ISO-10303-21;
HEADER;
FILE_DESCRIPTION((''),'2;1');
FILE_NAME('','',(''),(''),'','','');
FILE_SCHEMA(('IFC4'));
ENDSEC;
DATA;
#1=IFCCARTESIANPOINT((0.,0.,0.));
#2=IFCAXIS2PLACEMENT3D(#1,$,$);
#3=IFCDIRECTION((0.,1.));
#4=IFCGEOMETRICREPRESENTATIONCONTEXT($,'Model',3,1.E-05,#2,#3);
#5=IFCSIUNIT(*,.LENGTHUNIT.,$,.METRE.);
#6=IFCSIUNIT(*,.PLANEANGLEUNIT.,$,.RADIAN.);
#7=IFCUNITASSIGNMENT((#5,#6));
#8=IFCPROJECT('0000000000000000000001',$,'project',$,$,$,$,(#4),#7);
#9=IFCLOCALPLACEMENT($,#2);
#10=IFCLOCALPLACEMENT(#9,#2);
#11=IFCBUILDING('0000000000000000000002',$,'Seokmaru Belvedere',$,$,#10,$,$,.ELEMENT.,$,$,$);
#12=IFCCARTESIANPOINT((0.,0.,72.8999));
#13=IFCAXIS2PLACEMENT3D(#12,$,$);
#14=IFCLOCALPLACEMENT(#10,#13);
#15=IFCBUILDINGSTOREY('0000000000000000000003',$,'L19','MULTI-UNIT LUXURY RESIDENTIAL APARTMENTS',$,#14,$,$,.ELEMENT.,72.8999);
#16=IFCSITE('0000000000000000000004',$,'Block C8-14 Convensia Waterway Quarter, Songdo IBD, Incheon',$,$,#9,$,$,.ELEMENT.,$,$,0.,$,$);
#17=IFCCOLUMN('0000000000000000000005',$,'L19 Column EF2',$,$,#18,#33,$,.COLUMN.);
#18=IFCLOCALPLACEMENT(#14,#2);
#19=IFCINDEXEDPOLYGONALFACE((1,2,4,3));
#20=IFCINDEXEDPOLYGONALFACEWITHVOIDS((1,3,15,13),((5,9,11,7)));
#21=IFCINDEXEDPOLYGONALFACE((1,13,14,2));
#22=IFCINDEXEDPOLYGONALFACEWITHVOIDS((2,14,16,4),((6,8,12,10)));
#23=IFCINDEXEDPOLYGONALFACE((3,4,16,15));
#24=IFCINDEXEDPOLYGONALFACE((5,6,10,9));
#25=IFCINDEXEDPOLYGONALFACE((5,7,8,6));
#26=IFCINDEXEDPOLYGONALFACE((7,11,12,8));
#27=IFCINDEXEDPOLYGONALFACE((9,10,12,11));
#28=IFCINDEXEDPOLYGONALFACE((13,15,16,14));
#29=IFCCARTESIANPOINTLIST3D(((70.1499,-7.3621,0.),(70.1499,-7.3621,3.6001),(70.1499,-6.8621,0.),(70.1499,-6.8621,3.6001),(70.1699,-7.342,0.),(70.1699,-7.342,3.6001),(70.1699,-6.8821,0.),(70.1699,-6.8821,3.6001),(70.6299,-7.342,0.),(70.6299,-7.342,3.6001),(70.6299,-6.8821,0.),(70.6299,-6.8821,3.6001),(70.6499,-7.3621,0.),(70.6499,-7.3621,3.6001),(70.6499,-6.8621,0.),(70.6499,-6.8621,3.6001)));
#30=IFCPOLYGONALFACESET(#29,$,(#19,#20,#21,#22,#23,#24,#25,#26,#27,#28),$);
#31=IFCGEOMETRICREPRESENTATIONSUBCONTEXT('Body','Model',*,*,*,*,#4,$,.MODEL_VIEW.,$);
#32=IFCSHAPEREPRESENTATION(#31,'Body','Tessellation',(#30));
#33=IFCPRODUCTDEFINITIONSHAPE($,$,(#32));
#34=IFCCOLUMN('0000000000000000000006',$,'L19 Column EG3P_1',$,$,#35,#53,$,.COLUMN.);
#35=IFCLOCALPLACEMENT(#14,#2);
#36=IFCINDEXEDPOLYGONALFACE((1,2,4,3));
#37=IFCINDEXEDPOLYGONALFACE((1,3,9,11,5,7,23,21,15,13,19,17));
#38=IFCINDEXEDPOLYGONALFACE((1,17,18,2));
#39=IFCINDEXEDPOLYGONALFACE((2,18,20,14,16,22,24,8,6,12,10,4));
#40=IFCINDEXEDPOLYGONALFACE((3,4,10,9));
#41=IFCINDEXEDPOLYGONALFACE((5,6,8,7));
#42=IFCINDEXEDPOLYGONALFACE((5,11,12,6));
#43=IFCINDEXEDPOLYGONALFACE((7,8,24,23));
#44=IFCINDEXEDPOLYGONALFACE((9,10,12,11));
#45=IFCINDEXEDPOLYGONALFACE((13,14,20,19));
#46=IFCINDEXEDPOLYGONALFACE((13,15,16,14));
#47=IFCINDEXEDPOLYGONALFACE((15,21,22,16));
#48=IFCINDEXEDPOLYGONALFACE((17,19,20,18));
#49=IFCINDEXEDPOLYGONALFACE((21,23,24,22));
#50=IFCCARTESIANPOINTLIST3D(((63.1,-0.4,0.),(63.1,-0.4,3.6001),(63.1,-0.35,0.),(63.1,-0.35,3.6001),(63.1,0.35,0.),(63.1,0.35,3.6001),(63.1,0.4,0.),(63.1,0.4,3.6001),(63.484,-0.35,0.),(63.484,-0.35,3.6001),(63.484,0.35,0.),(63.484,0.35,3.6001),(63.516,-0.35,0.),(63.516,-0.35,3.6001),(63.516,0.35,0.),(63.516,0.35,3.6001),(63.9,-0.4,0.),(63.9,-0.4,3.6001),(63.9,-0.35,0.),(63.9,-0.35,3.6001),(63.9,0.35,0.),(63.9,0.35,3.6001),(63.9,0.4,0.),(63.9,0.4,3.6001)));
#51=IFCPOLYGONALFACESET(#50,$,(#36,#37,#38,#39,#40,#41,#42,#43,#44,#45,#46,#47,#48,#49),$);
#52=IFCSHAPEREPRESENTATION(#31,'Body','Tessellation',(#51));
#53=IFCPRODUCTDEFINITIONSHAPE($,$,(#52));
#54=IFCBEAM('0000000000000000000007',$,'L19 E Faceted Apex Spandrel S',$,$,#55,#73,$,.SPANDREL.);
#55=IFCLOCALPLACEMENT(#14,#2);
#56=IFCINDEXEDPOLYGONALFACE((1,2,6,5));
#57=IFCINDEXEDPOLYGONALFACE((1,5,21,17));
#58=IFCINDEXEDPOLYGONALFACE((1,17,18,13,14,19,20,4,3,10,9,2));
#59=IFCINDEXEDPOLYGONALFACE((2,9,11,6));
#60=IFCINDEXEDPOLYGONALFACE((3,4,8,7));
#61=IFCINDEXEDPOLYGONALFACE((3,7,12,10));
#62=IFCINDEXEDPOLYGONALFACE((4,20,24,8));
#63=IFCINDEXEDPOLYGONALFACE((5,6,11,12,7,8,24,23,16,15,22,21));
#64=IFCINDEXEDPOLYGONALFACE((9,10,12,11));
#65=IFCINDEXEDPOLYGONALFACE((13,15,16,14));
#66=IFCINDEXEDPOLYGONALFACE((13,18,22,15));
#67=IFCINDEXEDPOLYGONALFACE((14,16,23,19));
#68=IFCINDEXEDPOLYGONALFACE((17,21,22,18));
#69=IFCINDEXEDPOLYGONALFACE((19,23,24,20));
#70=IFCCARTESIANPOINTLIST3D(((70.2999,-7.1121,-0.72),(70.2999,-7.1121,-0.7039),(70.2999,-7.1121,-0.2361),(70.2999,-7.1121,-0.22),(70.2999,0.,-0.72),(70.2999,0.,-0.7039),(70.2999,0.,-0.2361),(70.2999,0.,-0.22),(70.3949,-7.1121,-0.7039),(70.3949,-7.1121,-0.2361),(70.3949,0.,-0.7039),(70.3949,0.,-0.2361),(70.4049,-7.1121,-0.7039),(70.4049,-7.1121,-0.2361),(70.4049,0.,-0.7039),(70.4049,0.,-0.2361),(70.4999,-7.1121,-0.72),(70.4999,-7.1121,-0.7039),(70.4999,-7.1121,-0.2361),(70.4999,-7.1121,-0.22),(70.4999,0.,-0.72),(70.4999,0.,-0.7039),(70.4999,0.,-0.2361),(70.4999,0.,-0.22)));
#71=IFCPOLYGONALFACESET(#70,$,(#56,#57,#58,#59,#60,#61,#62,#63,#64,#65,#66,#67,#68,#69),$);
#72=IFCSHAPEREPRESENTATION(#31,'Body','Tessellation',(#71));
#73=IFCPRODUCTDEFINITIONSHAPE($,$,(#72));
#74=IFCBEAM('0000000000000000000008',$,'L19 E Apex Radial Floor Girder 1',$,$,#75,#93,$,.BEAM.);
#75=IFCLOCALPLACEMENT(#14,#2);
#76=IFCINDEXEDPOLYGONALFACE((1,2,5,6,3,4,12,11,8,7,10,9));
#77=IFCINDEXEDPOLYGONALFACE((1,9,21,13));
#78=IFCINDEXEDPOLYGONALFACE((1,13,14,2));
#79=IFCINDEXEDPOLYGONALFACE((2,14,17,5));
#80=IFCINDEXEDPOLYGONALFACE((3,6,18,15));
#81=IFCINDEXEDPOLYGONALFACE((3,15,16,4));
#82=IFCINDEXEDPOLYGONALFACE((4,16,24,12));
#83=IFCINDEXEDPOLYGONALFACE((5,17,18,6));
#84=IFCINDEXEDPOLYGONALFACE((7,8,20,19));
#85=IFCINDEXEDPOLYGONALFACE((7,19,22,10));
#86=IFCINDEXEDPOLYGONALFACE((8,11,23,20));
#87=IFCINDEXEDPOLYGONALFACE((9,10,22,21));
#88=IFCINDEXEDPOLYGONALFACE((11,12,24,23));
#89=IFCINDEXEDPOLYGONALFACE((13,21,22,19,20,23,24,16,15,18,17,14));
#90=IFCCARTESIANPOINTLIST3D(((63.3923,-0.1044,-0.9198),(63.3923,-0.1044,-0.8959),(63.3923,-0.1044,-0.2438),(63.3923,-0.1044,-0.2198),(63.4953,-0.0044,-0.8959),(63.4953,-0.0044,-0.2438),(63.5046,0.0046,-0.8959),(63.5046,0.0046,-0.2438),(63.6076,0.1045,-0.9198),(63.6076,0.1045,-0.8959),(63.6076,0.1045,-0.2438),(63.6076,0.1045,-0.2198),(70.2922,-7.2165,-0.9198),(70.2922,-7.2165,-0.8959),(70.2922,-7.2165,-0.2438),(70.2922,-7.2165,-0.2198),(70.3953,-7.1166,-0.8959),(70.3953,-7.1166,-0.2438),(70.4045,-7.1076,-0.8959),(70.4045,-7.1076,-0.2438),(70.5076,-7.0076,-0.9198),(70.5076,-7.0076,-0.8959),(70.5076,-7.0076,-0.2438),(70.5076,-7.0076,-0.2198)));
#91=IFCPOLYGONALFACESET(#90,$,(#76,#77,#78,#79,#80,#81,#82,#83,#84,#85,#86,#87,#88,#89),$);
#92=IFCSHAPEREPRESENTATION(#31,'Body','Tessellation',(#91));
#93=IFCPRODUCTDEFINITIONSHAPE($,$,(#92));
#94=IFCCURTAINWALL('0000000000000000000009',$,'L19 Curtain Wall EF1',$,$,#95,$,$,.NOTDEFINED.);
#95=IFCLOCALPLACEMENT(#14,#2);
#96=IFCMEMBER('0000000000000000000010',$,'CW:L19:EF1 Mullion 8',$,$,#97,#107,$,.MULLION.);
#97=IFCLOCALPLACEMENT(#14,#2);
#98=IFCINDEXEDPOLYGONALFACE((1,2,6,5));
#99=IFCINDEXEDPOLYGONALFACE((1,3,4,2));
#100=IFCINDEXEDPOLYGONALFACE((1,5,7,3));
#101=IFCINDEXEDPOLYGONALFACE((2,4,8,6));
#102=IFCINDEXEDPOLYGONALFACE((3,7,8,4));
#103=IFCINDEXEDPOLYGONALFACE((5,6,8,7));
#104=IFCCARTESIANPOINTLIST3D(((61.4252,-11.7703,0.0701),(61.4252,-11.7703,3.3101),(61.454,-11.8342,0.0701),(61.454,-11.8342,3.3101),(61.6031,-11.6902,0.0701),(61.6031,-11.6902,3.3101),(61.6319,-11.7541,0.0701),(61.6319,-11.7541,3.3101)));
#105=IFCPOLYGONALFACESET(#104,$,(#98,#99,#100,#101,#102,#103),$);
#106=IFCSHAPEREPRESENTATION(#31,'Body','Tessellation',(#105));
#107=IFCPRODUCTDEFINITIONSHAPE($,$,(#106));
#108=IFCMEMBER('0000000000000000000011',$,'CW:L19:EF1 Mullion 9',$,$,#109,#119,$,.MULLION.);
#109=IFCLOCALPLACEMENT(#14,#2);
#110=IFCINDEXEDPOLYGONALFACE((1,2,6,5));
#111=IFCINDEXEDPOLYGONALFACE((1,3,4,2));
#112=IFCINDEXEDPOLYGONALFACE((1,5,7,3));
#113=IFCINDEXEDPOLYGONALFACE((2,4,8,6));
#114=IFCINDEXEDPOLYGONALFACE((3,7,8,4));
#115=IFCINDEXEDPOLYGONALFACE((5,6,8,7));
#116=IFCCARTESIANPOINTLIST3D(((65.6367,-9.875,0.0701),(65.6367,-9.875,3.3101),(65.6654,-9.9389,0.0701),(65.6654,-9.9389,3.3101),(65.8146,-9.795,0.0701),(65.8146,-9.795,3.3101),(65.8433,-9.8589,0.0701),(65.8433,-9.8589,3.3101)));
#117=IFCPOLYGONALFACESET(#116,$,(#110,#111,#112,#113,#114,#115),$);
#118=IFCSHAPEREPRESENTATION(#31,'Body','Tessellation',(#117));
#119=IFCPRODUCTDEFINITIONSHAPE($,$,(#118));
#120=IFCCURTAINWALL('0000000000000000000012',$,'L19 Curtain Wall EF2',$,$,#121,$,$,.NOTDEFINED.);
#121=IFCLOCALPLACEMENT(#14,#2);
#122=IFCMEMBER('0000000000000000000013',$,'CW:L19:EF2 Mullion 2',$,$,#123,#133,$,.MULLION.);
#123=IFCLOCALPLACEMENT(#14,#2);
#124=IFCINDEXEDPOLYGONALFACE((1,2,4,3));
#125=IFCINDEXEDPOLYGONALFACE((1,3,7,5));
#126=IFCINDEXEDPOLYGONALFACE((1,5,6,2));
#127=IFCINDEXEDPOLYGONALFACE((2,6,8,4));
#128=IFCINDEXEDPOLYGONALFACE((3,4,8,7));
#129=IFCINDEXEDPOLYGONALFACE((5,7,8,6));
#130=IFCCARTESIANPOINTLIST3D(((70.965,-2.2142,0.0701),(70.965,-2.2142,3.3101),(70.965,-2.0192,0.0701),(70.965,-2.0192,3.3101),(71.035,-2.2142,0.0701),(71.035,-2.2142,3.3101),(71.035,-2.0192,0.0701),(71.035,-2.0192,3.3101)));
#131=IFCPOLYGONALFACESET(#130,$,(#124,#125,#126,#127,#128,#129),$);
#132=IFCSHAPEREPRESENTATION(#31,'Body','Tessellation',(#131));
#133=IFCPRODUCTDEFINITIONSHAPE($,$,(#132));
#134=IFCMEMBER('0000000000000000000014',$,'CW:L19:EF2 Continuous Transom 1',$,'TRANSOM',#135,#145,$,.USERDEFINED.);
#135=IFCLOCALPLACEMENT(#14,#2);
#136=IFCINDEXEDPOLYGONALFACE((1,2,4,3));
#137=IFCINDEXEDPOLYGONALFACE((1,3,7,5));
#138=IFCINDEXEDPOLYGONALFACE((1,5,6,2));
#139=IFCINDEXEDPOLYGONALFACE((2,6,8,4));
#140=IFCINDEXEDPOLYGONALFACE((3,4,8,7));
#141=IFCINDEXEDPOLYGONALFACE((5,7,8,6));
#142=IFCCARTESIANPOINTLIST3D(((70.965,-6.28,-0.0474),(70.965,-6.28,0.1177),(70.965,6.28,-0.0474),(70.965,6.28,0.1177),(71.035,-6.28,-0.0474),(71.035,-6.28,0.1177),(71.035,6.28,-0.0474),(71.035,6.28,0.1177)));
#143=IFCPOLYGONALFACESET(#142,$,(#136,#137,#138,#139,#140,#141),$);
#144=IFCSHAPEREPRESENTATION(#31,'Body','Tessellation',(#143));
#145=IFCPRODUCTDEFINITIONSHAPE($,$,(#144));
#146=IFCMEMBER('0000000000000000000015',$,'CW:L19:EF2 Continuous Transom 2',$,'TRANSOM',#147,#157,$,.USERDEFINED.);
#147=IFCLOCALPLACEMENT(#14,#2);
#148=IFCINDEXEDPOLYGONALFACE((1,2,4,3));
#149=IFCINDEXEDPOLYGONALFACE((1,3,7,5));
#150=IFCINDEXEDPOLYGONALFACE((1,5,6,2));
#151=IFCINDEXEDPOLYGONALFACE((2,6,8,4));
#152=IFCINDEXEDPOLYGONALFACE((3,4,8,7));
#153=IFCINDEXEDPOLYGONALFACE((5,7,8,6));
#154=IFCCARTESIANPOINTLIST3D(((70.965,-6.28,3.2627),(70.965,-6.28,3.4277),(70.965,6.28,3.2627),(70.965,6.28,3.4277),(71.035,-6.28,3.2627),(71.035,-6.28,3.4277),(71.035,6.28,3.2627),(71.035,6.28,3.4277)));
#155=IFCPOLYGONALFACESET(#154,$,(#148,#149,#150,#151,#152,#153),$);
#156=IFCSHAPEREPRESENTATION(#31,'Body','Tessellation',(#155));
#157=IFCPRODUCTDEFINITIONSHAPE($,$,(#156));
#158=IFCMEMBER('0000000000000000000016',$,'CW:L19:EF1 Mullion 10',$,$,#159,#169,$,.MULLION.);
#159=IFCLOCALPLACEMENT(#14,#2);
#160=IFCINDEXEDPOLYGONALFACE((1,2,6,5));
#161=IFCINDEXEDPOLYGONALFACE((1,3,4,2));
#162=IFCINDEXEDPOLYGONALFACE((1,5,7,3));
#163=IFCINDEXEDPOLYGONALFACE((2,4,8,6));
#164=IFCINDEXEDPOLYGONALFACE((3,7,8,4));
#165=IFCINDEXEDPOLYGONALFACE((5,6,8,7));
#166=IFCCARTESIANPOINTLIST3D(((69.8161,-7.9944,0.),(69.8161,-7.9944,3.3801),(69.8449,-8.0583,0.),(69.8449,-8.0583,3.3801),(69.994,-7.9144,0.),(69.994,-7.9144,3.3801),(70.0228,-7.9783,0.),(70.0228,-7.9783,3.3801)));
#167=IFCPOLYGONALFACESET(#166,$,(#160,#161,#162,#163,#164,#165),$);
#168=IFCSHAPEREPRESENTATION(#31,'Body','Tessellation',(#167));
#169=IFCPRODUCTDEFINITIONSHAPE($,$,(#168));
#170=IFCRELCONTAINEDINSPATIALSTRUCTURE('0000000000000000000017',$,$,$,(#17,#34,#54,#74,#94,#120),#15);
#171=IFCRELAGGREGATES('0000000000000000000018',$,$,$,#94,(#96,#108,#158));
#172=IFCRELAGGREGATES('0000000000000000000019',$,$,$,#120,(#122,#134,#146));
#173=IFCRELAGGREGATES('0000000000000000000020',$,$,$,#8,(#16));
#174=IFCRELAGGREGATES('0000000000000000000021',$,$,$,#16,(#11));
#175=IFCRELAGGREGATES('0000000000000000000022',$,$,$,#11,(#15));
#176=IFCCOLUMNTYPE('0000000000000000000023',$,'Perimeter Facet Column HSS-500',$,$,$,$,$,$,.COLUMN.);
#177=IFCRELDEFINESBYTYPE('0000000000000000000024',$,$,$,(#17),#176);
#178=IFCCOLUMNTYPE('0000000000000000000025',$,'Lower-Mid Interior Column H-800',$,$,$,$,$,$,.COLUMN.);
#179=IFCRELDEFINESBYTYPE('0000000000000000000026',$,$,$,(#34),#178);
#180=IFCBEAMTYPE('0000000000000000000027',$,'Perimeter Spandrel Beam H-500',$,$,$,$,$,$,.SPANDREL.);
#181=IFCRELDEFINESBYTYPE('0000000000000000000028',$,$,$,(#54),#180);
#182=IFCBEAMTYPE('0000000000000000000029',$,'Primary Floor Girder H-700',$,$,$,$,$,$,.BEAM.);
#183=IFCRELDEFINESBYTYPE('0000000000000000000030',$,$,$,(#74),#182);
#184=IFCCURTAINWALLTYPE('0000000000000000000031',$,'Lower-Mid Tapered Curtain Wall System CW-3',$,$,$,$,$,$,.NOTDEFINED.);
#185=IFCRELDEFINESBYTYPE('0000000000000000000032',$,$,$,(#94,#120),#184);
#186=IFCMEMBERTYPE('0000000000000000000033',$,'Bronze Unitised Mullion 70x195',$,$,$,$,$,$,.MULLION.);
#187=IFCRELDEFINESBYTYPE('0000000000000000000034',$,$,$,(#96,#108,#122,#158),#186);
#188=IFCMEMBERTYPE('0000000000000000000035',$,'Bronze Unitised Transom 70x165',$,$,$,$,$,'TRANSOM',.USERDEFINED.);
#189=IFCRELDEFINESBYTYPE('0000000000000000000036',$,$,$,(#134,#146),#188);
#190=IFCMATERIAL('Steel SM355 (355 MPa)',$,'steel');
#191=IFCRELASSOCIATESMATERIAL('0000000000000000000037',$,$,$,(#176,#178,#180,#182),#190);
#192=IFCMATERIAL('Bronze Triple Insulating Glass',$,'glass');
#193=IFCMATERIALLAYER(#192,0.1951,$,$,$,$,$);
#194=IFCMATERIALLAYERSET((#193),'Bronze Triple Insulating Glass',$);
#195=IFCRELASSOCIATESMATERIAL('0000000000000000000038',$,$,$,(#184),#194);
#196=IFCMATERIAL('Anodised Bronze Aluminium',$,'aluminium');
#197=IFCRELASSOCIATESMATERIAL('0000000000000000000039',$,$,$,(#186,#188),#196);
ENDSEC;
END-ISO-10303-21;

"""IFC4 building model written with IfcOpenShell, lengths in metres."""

from ifc_helpers import new_model, si_unit, direction, frame, origin, origin_2d, place, context, subcontext, project, spatial, rectangle, hollow_rectangle, i_section, extrude, source, transform, mapped, material, layer, layer_set, material_profile, profile_set, type_object, type_shapes, element, aggregate, save


model = new_model("IFC4")

# Units and contexts
model_context = context("Model", 3, precision=1e-05, world=origin(), true_north=direction((0.0, 1.0)))
body_context = subcontext(model_context, "Body", "Model", "MODEL_VIEW")
ifc_project = project(units=[si_unit("LENGTHUNIT", "METRE"), si_unit("PLANEANGLEUNIT", "RADIAN")], contexts=[model_context])

# Site, building, storey
site_placement = place(None, origin())
site = spatial("IfcSite", under=ifc_project, at=site_placement, Name="Block C8-14 Convensia Waterway Quarter, Songdo IBD, Incheon", CompositionType="ELEMENT", RefElevation=0.0)
building_placement = place(site_placement, origin())
building = spatial("IfcBuilding", under=site, at=building_placement, Name="Seokmaru Belvedere", CompositionType="ELEMENT")
storey_placement = place(building_placement, frame((0.0, 0.0, 72.8999)))
storey = spatial("IfcBuildingStorey", under=building, at=storey_placement, Name="L19", Description="MULTI-UNIT LUXURY RESIDENTIAL APARTMENTS", CompositionType="ELEMENT", Elevation=72.8999)

# Columns
ifc_material_1 = material(Name="Steel SM355 (355 MPa)", Category="steel")
ifc_material_profile_1 = material_profile(ifc_material_1, hollow_rectangle(XDim=0.5, YDim=0.5, WallThickness=0.02, at=origin_2d()), Name="HSS-500x500x20")
ifc_profile_set_1 = profile_set([ifc_material_profile_1], Name="Steel SM355 (355 MPa)")
column_type_1 = type_object("IfcColumnType", Name="Perimeter Facet Column HSS-500", PredefinedType="COLUMN", material=ifc_profile_set_1)
shared_shape_1 = source(origin(), body_context, "Body", "SweptSolid", [
    extrude(hollow_rectangle(XDim=0.5, YDim=0.5, WallThickness=0.02, at=origin_2d()), origin(), (0.0, 0.0, 1.0), 3.6001),
])
type_shapes(column_type_1, [shared_shape_1])
column_1_placement = place(storey_placement, frame((70.3999, -7.1121, 0.0), z_axis=(0.0, 0.0, 1.0), x_axis=(1.0, 0.0, 0.0)))
element("IfcColumn", 1, at=column_1_placement, inside=storey, type_object=column_type_1, Name="L19 Column EF2", PredefinedType="COLUMN", context=body_context, shape_type="MappedRepresentation", body=[
    mapped(shared_shape_1, transform((0.0, 0.0, 0.0), scale=1.0)),
])
ifc_material_profile_2 = material_profile(ifc_material_1, i_section(OverallWidth=0.8, OverallDepth=0.8, WebThickness=0.032, FlangeThickness=0.05, at=origin_2d()), Name="H-800x800x32x50")
ifc_profile_set_2 = profile_set([ifc_material_profile_2], Name="Steel SM355 (355 MPa)")
column_type_2 = type_object("IfcColumnType", Name="Lower-Mid Interior Column H-800", PredefinedType="COLUMN", material=ifc_profile_set_2)
shared_shape_2 = source(origin(), body_context, "Body", "SweptSolid", [
    extrude(i_section(OverallWidth=0.8, OverallDepth=0.8, WebThickness=0.032, FlangeThickness=0.05, at=origin_2d()), origin(), (0.0, 0.0, 1.0), 3.6001),
])
type_shapes(column_type_2, [shared_shape_2])
column_2_placement = place(storey_placement, frame((63.5, 0.0, 0.0), z_axis=(0.0, 0.0, 1.0), x_axis=(1.0, 0.0, 0.0)))
element("IfcColumn", 2, at=column_2_placement, inside=storey, type_object=column_type_2, Name="L19 Column EG3P_1", PredefinedType="COLUMN", context=body_context, shape_type="MappedRepresentation", body=[
    mapped(shared_shape_2, transform((0.0, 0.0, 0.0), scale=1.0)),
])

# Beams
ifc_material_profile_3 = material_profile(ifc_material_1, i_section(OverallWidth=0.2, OverallDepth=0.5, WebThickness=0.01, FlangeThickness=0.0161, at=origin_2d()), Name="H-500x200x10x16")
ifc_profile_set_3 = profile_set([ifc_material_profile_3], Name="Steel SM355 (355 MPa)")
beam_type_1 = type_object("IfcBeamType", Name="Perimeter Spandrel Beam H-500", PredefinedType="SPANDREL", material=ifc_profile_set_3)
shared_shape_3 = source(origin(), body_context, "Body", "SweptSolid", [
    extrude(i_section(OverallWidth=0.2, OverallDepth=0.5, WebThickness=0.01, FlangeThickness=0.0161, at=origin_2d()), origin(), (0.0, 0.0, 1.0), 7.1121),
])
type_shapes(beam_type_1, [shared_shape_3])
beam_1_placement = place(storey_placement, frame((70.3999, -7.1121, -0.47), z_axis=(0.0, 1.0, 0.0), x_axis=(-1.0, 0.0, 0.0)))
element("IfcBeam", 3, at=beam_1_placement, inside=storey, type_object=beam_type_1, Name="L19 E Faceted Apex Spandrel S", PredefinedType="SPANDREL", context=body_context, shape_type="MappedRepresentation", body=[
    mapped(shared_shape_3, transform((0.0, 0.0, 0.0), scale=1.0)),
])
ifc_material_profile_4 = material_profile(ifc_material_1, i_section(OverallWidth=0.3, OverallDepth=0.7, WebThickness=0.0129, FlangeThickness=0.0239, at=origin_2d()), Name="H-700x300x13x24")
ifc_profile_set_4 = profile_set([ifc_material_profile_4], Name="Steel SM355 (355 MPa)")
beam_type_2 = type_object("IfcBeamType", Name="Primary Floor Girder H-700", PredefinedType="BEAM", material=ifc_profile_set_4)
shared_shape_4 = source(origin(), body_context, "Body", "SweptSolid", [
    extrude(i_section(OverallWidth=0.3, OverallDepth=0.7, WebThickness=0.0129, FlangeThickness=0.0239, at=origin_2d()), origin(), (0.0, 0.0, 1.0), 9.9092),
])
type_shapes(beam_type_2, [shared_shape_4])
beam_2_placement = place(storey_placement, frame((70.3999, -7.1121, -0.5698), z_axis=(-0.696321, 0.717731, 0.0), x_axis=(-0.717731, -0.696321, 0.0)))
element("IfcBeam", 4, at=beam_2_placement, inside=storey, type_object=beam_type_2, Name="L19 E Apex Radial Floor Girder 1", PredefinedType="BEAM", context=body_context, shape_type="MappedRepresentation", body=[
    mapped(shared_shape_4, transform((0.0, 0.0, 0.0), scale=1.0)),
])

# Curtain walls, members
ifc_material_2 = material(Name="Bronze Triple Insulating Glass", Category="glass")
ifc_layer_1 = layer(ifc_material_2, 0.1951)
ifc_layer_set_1 = layer_set([ifc_layer_1], Name="Bronze Triple Insulating Glass")
curtain_wall_type = type_object("IfcCurtainWallType", Name="Lower-Mid Tapered Curtain Wall System CW-3", PredefinedType="NOTDEFINED", material=ifc_layer_set_1)
curtain_wall_1_placement = place(storey_placement, origin())
curtain_wall_1 = element("IfcCurtainWall", 5, at=curtain_wall_1_placement, inside=storey, type_object=curtain_wall_type, Name="L19 Curtain Wall EF1", PredefinedType="NOTDEFINED")
ifc_material_3 = material(Name="Anodised Bronze Aluminium", Category="aluminium")
ifc_material_profile_5 = material_profile(ifc_material_3, rectangle(XDim=0.0701, YDim=0.1951, at=origin_2d()), Name="CW-M-70x195")
ifc_profile_set_5 = profile_set([ifc_material_profile_5], Name="Anodised Bronze Aluminium")
member_type_1 = type_object("IfcMemberType", Name="Bronze Unitised Mullion 70x195", PredefinedType="MULLION", material=ifc_profile_set_5)
shared_shape_5 = source(origin(), body_context, "Body", "SweptSolid", [
    extrude(rectangle(XDim=0.0701, YDim=0.1951, at=origin_2d()), origin(), (0.0, 0.0, 1.0), 3.24),
])
member_1_placement = place(storey_placement, frame((61.5286, -11.7622, 0.0701), z_axis=(0.0, 0.0, 1.0), x_axis=(-0.410366, 0.911921, 0.0)))
member_1 = element("IfcMember", 6, at=member_1_placement, type_object=member_type_1, Name="CW:L19:EF1 Mullion 8", PredefinedType="MULLION", context=body_context, shape_type="MappedRepresentation", body=[
    mapped(shared_shape_5, transform((0.0, 0.0, 0.0), scale=1.0)),
])
member_2_placement = place(storey_placement, frame((65.74, -9.8669, 0.0701), z_axis=(0.0, 0.0, 1.0), x_axis=(-0.410366, 0.911921, 0.0)))
member_2 = element("IfcMember", 7, at=member_2_placement, type_object=member_type_1, Name="CW:L19:EF1 Mullion 9", PredefinedType="MULLION", context=body_context, shape_type="MappedRepresentation", body=[
    mapped(shared_shape_5, transform((0.0, 0.0, 0.0), scale=1.0)),
])
curtain_wall_2_placement = place(storey_placement, origin())
curtain_wall_2 = element("IfcCurtainWall", 8, at=curtain_wall_2_placement, inside=storey, type_object=curtain_wall_type, Name="L19 Curtain Wall EF2", PredefinedType="NOTDEFINED")
member_3_placement = place(storey_placement, frame((71.0, -2.1167, 0.0701), z_axis=(0.0, 0.0, 1.0), x_axis=(-1.0, 0.0, 0.0)))
member_3 = element("IfcMember", 9, at=member_3_placement, type_object=member_type_1, Name="CW:L19:EF2 Mullion 2", PredefinedType="MULLION", context=body_context, shape_type="MappedRepresentation", body=[
    mapped(shared_shape_5, transform((0.0, 0.0, 0.0), scale=1.0)),
])
ifc_material_profile_6 = material_profile(ifc_material_3, rectangle(XDim=0.0701, YDim=0.165, at=origin_2d()), Name="CW-T-70x165")
ifc_profile_set_6 = profile_set([ifc_material_profile_6], Name="Anodised Bronze Aluminium")
member_type_2 = type_object("IfcMemberType", Name="Bronze Unitised Transom 70x165", ElementType="TRANSOM", PredefinedType="USERDEFINED", material=ifc_profile_set_6)
shared_shape_6 = source(origin(), body_context, "Body", "SweptSolid", [
    extrude(rectangle(XDim=0.0701, YDim=0.165, at=origin_2d()), origin(), (0.0, 0.0, 1.0), 12.5601),
])
type_shapes(member_type_2, [shared_shape_6])
member_4_placement = place(storey_placement, frame((71.0, -6.28, 0.0352), z_axis=(0.0, 1.0, 0.0), x_axis=(-1.0, 0.0, 0.0)))
member_4 = element("IfcMember", 10, at=member_4_placement, type_object=member_type_2, Name="CW:L19:EF2 Continuous Transom 1", ObjectType="TRANSOM", PredefinedType="USERDEFINED", context=body_context, shape_type="MappedRepresentation", body=[
    mapped(shared_shape_6, transform((0.0, 0.0, 0.0), scale=1.0)),
])
member_5_placement = place(storey_placement, frame((71.0, -6.28, 3.3452), z_axis=(0.0, 1.0, 0.0), x_axis=(-1.0, 0.0, 0.0)))
member_5 = element("IfcMember", 11, at=member_5_placement, type_object=member_type_2, Name="CW:L19:EF2 Continuous Transom 2", ObjectType="TRANSOM", PredefinedType="USERDEFINED", context=body_context, shape_type="MappedRepresentation", body=[
    mapped(shared_shape_6, transform((0.0, 0.0, 0.0), scale=1.0)),
])

# Member
shared_shape_7 = source(origin(), body_context, "Body", "SweptSolid", [
    extrude(rectangle(XDim=0.0701, YDim=0.1951, at=origin_2d()), origin(), (0.0, 0.0, 1.0), 3.3801),
])
type_shapes(member_type_1, [shared_shape_5, shared_shape_7])
member_6_placement = place(storey_placement, frame((69.9194, -7.9863, 0.0), z_axis=(0.0, 0.0, 1.0), x_axis=(-0.410366, 0.911921, 0.0)))
member_6 = element("IfcMember", 12, at=member_6_placement, type_object=member_type_1, Name="CW:L19:EF1 Mullion 10", PredefinedType="MULLION", context=body_context, shape_type="MappedRepresentation", body=[
    mapped(shared_shape_7, transform((0.0, 0.0, 0.0), scale=1.0)),
])

aggregate(curtain_wall_1, [member_1, member_2, member_6])
aggregate(curtain_wall_2, [member_3, member_4, member_5])

save(model, "model.ifc")
